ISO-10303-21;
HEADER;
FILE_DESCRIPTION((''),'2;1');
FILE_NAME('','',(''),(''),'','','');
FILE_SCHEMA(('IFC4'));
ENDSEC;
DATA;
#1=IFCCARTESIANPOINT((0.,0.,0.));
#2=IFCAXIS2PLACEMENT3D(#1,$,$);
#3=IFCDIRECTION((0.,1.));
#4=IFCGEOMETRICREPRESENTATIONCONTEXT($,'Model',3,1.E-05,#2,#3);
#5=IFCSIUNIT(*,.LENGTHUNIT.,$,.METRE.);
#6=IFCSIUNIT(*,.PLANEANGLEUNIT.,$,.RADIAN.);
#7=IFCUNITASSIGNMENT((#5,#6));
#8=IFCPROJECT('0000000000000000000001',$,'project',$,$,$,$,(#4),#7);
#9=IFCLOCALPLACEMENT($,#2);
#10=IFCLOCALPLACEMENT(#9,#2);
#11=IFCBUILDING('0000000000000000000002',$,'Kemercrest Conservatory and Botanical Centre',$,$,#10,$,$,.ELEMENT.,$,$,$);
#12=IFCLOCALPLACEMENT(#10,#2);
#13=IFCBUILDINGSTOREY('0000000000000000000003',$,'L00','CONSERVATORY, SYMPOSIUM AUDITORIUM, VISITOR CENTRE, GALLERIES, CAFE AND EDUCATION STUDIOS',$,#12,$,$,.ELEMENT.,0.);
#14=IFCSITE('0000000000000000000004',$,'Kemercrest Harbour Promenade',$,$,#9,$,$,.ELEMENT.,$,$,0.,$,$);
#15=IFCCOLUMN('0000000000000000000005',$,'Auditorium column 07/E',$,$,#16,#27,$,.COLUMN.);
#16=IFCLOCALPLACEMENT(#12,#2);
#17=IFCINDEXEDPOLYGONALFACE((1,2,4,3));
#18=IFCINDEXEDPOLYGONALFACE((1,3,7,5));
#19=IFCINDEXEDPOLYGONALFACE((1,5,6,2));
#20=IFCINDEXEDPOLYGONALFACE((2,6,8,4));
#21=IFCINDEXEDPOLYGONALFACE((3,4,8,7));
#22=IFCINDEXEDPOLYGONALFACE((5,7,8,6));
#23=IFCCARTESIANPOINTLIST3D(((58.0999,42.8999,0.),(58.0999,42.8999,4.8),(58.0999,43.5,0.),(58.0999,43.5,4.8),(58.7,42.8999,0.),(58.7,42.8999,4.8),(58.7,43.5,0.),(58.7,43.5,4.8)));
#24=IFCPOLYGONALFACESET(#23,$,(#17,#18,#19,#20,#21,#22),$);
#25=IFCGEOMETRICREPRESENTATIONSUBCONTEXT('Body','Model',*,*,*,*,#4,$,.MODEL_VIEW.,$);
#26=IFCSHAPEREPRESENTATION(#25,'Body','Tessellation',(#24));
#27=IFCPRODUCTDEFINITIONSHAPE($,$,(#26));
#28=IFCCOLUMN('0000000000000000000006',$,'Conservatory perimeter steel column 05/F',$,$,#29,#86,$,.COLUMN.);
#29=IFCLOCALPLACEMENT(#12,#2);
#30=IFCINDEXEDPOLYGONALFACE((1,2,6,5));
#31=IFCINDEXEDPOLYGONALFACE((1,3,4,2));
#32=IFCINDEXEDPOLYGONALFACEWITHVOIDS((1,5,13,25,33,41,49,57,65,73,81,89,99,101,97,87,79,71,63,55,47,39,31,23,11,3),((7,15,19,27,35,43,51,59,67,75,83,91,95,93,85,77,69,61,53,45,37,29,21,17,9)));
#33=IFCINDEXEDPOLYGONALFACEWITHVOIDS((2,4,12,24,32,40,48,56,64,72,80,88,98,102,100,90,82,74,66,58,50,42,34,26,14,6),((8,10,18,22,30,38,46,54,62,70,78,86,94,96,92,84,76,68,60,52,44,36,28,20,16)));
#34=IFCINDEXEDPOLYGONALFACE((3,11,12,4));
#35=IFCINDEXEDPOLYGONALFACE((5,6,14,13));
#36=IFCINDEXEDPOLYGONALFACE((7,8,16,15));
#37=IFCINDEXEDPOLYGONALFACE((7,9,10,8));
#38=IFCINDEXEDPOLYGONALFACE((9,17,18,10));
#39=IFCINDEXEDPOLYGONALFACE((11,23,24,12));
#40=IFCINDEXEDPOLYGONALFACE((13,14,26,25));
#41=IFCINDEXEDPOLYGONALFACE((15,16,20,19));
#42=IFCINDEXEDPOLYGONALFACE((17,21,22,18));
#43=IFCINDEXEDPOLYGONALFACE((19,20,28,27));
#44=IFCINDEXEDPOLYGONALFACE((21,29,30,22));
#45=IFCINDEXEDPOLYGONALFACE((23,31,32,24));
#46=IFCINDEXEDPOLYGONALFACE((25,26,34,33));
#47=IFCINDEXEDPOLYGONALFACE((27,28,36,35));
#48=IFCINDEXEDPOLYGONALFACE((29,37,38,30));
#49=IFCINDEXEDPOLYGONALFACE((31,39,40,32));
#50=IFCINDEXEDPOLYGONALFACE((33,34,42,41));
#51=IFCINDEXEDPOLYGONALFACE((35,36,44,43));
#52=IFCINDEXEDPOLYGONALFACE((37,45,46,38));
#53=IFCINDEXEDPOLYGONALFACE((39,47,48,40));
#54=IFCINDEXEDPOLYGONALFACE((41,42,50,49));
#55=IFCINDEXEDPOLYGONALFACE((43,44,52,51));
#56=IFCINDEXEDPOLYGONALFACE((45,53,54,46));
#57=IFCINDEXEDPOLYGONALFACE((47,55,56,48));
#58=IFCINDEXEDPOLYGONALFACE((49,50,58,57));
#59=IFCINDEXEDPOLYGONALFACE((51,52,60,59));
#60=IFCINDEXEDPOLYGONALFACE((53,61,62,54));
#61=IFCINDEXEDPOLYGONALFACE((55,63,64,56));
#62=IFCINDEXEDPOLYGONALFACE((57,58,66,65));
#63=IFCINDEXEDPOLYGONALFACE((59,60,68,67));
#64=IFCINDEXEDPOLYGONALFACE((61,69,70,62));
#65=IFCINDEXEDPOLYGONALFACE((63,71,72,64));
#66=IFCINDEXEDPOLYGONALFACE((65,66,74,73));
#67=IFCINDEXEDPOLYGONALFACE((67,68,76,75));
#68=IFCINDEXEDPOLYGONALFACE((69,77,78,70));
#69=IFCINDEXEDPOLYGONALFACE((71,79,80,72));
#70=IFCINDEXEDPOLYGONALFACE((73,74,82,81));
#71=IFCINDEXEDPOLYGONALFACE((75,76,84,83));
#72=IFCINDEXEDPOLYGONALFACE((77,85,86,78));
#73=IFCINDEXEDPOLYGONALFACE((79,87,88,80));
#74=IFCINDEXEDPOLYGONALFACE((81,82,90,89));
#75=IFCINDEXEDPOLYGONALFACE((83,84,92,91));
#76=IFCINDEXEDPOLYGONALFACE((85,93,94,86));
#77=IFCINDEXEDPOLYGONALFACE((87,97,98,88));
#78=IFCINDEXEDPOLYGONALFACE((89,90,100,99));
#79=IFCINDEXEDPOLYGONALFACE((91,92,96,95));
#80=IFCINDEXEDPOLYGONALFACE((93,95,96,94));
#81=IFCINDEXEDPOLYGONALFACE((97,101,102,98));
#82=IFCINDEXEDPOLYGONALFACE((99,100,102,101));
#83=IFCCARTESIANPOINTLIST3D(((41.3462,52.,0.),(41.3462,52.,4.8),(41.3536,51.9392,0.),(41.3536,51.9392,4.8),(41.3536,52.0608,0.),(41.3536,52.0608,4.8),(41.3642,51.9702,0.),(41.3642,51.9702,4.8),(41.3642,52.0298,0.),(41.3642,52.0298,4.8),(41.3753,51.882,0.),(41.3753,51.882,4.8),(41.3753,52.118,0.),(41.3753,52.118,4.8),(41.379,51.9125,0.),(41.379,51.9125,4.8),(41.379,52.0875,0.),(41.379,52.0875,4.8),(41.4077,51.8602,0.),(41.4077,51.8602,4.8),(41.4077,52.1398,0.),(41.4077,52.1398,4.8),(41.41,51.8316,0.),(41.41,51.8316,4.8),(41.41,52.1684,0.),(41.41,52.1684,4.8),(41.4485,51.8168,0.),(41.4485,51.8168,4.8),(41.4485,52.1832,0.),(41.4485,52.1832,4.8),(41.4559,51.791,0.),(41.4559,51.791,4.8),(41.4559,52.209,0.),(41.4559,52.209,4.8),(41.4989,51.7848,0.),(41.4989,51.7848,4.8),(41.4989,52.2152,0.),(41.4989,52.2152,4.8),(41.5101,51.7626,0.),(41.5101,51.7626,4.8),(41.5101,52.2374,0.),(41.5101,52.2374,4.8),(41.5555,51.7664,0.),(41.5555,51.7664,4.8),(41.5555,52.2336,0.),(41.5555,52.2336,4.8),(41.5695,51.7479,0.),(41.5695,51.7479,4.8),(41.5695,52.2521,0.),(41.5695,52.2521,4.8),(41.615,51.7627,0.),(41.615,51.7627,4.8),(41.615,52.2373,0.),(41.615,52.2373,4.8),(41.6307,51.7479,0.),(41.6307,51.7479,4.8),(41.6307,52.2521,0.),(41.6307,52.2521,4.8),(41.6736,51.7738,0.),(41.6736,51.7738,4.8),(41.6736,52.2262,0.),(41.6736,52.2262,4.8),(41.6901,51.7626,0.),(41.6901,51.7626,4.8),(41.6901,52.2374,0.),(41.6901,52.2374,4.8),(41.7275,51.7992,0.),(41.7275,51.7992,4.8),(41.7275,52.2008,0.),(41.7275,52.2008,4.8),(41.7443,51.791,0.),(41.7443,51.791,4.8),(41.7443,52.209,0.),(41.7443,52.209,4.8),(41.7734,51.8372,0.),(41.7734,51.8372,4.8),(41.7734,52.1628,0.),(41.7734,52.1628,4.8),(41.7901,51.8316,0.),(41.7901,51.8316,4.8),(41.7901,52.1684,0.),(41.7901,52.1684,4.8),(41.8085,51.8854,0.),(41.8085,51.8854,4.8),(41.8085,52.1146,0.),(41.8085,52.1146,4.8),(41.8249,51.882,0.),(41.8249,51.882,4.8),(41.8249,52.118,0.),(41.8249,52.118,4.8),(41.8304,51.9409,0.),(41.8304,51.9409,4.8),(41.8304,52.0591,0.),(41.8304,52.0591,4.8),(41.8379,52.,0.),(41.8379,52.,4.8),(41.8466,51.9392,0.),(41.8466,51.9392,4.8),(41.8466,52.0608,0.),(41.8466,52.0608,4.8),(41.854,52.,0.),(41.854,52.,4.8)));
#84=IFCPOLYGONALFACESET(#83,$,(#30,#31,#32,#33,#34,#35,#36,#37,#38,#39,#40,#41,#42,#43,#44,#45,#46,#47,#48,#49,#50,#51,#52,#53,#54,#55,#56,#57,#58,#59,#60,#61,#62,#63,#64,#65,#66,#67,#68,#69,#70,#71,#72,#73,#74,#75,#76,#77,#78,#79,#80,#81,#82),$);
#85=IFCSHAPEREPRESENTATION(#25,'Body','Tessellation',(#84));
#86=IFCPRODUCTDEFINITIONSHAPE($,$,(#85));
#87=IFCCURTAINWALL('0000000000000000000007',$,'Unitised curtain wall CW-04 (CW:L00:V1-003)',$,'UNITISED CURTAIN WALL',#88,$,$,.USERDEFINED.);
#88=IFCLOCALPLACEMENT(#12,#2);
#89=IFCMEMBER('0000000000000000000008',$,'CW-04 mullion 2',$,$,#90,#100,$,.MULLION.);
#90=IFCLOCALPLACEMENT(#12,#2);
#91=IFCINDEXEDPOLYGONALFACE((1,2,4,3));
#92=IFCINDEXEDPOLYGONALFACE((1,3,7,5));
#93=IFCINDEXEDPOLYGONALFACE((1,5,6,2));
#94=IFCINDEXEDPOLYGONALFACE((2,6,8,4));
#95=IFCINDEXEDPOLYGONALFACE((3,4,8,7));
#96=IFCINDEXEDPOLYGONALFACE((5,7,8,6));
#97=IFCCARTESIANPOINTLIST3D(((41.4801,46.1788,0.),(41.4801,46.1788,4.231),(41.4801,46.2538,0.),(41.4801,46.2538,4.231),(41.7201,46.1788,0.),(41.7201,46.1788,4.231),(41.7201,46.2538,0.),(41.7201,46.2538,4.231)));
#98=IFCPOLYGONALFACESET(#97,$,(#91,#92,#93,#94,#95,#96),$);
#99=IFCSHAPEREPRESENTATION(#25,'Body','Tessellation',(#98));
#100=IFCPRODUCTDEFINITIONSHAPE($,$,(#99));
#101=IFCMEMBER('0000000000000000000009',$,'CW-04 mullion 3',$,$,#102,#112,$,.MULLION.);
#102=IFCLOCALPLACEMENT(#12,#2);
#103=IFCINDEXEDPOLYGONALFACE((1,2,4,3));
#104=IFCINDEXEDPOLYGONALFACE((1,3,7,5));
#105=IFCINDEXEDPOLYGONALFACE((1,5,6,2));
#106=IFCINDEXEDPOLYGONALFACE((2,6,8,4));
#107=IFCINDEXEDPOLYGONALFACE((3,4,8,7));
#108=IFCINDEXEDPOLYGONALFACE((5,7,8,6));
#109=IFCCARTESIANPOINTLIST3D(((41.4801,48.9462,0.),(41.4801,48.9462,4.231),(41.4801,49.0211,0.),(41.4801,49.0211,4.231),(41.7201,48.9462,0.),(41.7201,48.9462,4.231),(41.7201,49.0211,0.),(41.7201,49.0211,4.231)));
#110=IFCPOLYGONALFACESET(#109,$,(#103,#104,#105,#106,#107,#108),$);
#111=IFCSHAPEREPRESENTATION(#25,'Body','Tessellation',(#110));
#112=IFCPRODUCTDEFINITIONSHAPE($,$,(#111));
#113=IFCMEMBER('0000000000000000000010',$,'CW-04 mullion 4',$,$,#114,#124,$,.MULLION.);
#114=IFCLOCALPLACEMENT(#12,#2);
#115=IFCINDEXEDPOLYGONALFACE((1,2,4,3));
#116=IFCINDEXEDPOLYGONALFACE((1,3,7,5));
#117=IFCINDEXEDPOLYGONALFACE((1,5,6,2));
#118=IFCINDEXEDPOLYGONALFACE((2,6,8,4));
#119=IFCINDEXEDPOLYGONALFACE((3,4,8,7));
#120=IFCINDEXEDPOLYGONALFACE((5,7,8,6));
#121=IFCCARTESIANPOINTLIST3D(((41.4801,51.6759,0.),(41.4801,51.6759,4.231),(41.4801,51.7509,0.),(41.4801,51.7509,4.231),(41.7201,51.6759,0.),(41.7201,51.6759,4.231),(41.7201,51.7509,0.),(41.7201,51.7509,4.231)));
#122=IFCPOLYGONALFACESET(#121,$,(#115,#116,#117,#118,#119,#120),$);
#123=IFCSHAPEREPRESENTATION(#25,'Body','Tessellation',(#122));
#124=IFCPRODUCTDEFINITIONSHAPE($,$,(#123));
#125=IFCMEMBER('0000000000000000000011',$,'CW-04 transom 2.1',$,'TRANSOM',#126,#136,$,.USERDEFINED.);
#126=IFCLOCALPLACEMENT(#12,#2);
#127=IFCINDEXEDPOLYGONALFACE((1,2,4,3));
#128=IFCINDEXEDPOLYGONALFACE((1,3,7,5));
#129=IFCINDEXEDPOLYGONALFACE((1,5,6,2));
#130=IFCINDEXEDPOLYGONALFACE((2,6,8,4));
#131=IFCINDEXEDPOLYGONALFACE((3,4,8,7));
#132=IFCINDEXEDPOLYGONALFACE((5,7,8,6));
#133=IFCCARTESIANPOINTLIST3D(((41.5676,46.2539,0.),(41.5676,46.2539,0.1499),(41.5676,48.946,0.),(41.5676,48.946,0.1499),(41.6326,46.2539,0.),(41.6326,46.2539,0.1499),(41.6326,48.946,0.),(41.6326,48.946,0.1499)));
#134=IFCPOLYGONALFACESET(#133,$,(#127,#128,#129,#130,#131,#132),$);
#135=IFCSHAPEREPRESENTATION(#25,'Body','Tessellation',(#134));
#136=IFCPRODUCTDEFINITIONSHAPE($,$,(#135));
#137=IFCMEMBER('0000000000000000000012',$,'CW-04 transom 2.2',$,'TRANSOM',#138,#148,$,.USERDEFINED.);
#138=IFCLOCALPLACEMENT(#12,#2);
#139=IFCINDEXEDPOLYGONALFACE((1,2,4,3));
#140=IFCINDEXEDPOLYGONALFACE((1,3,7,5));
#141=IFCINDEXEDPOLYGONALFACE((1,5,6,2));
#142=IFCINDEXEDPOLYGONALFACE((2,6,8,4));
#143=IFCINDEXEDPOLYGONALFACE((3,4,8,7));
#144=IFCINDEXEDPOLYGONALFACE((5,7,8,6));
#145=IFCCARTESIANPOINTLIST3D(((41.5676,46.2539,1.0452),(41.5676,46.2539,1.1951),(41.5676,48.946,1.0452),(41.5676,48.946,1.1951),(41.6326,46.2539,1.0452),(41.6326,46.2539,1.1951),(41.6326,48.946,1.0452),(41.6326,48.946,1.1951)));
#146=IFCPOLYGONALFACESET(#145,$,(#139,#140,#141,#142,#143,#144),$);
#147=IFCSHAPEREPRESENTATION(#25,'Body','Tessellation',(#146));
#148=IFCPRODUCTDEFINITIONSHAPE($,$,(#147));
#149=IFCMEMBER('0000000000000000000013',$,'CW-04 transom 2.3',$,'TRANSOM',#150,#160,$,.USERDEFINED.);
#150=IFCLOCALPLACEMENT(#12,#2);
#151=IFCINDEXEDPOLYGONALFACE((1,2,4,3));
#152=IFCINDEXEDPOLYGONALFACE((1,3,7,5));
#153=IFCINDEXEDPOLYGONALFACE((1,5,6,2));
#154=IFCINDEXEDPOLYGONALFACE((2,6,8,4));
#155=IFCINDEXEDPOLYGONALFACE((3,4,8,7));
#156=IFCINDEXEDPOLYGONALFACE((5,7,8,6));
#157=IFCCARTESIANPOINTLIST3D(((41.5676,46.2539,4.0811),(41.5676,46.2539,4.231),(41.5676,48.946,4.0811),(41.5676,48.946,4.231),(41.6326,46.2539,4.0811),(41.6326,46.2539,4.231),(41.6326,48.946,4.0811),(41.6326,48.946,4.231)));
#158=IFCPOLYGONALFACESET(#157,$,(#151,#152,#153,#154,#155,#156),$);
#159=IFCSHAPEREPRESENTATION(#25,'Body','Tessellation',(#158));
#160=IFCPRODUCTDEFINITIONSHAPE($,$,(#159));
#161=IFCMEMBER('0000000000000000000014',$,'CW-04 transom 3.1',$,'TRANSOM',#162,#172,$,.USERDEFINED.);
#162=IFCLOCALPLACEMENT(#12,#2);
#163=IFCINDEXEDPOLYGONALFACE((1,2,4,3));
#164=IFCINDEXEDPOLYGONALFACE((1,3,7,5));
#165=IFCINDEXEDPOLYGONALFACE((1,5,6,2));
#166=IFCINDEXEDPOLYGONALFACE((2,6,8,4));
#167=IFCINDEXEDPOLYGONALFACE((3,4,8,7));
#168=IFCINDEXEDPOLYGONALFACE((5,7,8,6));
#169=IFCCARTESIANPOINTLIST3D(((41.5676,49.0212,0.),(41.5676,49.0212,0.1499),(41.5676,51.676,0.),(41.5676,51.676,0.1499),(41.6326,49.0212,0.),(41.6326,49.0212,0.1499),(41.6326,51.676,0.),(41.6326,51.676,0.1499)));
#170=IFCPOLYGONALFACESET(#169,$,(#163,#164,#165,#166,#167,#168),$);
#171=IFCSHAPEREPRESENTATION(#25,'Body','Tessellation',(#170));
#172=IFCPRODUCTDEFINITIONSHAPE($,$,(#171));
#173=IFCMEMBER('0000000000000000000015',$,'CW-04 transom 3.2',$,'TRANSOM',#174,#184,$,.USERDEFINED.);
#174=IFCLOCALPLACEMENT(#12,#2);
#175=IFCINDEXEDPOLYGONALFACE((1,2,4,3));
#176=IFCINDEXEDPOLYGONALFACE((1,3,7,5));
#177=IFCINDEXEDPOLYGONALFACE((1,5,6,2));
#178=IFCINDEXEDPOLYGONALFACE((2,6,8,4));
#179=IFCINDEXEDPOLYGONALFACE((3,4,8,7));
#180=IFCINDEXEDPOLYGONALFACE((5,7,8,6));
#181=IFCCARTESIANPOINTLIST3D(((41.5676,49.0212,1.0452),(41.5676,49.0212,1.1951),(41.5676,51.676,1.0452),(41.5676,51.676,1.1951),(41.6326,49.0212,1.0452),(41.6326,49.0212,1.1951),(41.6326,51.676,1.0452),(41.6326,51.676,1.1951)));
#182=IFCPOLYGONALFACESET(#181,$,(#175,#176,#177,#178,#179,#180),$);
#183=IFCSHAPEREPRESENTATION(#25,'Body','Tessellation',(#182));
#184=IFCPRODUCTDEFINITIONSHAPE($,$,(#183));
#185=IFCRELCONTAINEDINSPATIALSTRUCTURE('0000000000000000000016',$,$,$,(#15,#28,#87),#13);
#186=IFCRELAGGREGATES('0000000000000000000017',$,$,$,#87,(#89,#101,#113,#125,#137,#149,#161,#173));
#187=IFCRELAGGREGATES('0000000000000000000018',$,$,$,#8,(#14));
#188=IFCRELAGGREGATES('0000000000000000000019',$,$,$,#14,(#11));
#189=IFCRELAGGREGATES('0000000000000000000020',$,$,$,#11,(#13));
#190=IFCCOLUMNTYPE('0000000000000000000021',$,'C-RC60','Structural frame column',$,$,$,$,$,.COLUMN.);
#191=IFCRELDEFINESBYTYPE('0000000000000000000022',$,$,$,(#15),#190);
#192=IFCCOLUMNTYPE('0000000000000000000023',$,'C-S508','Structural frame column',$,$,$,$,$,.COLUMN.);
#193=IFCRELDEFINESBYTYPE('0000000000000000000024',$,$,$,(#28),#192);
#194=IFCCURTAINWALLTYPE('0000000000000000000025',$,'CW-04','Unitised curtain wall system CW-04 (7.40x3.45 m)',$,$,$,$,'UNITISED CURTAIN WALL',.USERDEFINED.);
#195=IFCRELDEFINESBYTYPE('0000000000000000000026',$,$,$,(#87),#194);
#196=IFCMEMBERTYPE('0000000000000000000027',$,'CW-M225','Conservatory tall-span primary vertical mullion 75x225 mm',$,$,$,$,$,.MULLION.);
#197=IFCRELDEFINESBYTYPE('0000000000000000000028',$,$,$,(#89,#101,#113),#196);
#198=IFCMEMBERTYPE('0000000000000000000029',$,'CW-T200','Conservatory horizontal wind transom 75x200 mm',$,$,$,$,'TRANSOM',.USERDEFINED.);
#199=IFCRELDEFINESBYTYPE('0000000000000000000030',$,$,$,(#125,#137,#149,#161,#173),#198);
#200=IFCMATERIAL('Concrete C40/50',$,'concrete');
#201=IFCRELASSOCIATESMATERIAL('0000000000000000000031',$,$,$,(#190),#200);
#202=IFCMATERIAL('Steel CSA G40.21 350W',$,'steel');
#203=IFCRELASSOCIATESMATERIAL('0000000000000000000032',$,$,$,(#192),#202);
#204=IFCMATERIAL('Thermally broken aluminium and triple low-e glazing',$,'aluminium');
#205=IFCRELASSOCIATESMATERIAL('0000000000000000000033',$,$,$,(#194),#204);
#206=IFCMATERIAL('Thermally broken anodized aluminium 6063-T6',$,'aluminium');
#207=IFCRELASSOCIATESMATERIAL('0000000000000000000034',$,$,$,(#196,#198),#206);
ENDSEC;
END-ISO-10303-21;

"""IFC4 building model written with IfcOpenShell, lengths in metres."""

from ifc_helpers import new_model, si_unit, direction, frame, origin, origin_2d, place, context, subcontext, project, spatial, rectangle, hollow_circle, extrude, material, material_profile, profile_set, type_object, element, aggregate, save


model = new_model("IFC4")

# Units and contexts
model_context = context("Model", 3, precision=1e-05, world=origin(), true_north=direction((0.0, 1.0)))
body_context = subcontext(model_context, "Body", "Model", "MODEL_VIEW")
ifc_project = project(units=[si_unit("LENGTHUNIT", "METRE"), si_unit("PLANEANGLEUNIT", "RADIAN")], contexts=[model_context])

# Site, building, storey
site_placement = place(None, origin())
site = spatial("IfcSite", under=ifc_project, at=site_placement, Name="Kemercrest Harbour Promenade", CompositionType="ELEMENT", RefElevation=0.0)
building_placement = place(site_placement, origin())
building = spatial("IfcBuilding", under=site, at=building_placement, Name="Kemercrest Conservatory and Botanical Centre", CompositionType="ELEMENT")
storey_placement = place(building_placement, origin())
storey = spatial("IfcBuildingStorey", under=building, at=storey_placement, Name="L00", Description="CONSERVATORY, SYMPOSIUM AUDITORIUM, VISITOR CENTRE, GALLERIES, CAFE AND EDUCATION STUDIOS", CompositionType="ELEMENT", Elevation=0.0)

# Columns
ifc_material_1 = material(Name="Concrete C40/50", Category="concrete")
ifc_material_profile_1 = material_profile(ifc_material_1, rectangle(XDim=0.6001, YDim=0.6001, at=origin_2d()), Name="RC 600x600")
ifc_profile_set_1 = profile_set([ifc_material_profile_1], Name="Concrete C40/50")
column_type_1 = type_object("IfcColumnType", Name="C-RC60", Description="Structural frame column", PredefinedType="COLUMN", material=ifc_profile_set_1)
column_1_placement = place(storey_placement, frame((58.3999, 43.2, 0.0), z_axis=(0.0, 0.0, 1.0), x_axis=(1.0, 0.0, 0.0)))
element("IfcColumn", 1, at=column_1_placement, inside=storey, type_object=column_type_1, Name="Auditorium column 07/E", PredefinedType="COLUMN", context=body_context, shape_type="SweptSolid", body=[
    extrude(rectangle(XDim=0.6001, YDim=0.6001, at=origin_2d()), origin(), (0.0, 0.0, 1.0), 4.8),
])
ifc_material_2 = material(Name="Steel CSA G40.21 350W", Category="steel")
ifc_material_profile_2 = material_profile(ifc_material_2, hollow_circle(Radius=0.2539, WallThickness=0.0161, at=origin_2d()), Name="CHS 508.0x16.0")
ifc_profile_set_2 = profile_set([ifc_material_profile_2], Name="Steel CSA G40.21 350W")
column_type_2 = type_object("IfcColumnType", Name="C-S508", Description="Structural frame column", PredefinedType="COLUMN", material=ifc_profile_set_2)
column_2_placement = place(storey_placement, frame((41.6001, 52.0, 0.0), z_axis=(0.0, 0.0, 1.0), x_axis=(1.0, 0.0, 0.0)))
element("IfcColumn", 2, at=column_2_placement, inside=storey, type_object=column_type_2, Name="Conservatory perimeter steel column 05/F", PredefinedType="COLUMN", context=body_context, shape_type="SweptSolid", body=[
    extrude(hollow_circle(Radius=0.2539, WallThickness=0.0161, at=origin_2d()), origin(), (0.0, 0.0, 1.0), 4.8),
])

# Curtain wall, members
ifc_material_3 = material(Name="Thermally broken aluminium and triple low-e glazing", Category="aluminium")
curtain_wall_type = type_object("IfcCurtainWallType", Name="CW-04", Description="Unitised curtain wall system CW-04 (7.40x3.45 m)", ElementType="UNITISED CURTAIN WALL", PredefinedType="USERDEFINED", material=ifc_material_3)
curtain_wall_placement = place(storey_placement, origin())
curtain_wall = element("IfcCurtainWall", 3, at=curtain_wall_placement, inside=storey, type_object=curtain_wall_type, Name="Unitised curtain wall CW-04 (CW:L00:V1-003)", ObjectType="UNITISED CURTAIN WALL", PredefinedType="USERDEFINED")
ifc_material_4 = material(Name="Thermally broken anodized aluminium 6063-T6", Category="aluminium")
ifc_material_profile_3 = material_profile(ifc_material_4, rectangle(XDim=0.24, YDim=0.075, at=origin_2d()), Name="AL MULLION 75x240")
ifc_profile_set_3 = profile_set([ifc_material_profile_3], Name="Thermally broken anodized aluminium 6063-T6")
member_type_1 = type_object("IfcMemberType", Name="CW-M225", Description="Conservatory tall-span primary vertical mullion 75x225 mm", PredefinedType="MULLION", material=ifc_profile_set_3)
member_1_placement = place(storey_placement, frame((41.6001, 46.2163, 0.0), z_axis=(0.0, 0.0, 1.0), x_axis=(-1.0, 0.0, 0.0)))
member_1 = element("IfcMember", 4, at=member_1_placement, type_object=member_type_1, Name="CW-04 mullion 2", PredefinedType="MULLION", context=body_context, shape_type="SweptSolid", body=[
    extrude(rectangle(XDim=0.24, YDim=0.075, at=origin_2d()), origin(), (0.0, 0.0, 1.0), 4.231),
])
member_2_placement = place(storey_placement, frame((41.6001, 48.9836, 0.0), z_axis=(0.0, 0.0, 1.0), x_axis=(-1.0, 0.0, 0.0)))
member_2 = element("IfcMember", 5, at=member_2_placement, type_object=member_type_1, Name="CW-04 mullion 3", PredefinedType="MULLION", context=body_context, shape_type="SweptSolid", body=[
    extrude(rectangle(XDim=0.24, YDim=0.075, at=origin_2d()), origin(), (0.0, 0.0, 1.0), 4.231),
])
member_3_placement = place(storey_placement, frame((41.6001, 51.7134, 0.0), z_axis=(0.0, 0.0, 1.0), x_axis=(-1.0, 0.0, 0.0)))
member_3 = element("IfcMember", 6, at=member_3_placement, type_object=member_type_1, Name="CW-04 mullion 4", PredefinedType="MULLION", context=body_context, shape_type="SweptSolid", body=[
    extrude(rectangle(XDim=0.24, YDim=0.075, at=origin_2d()), origin(), (0.0, 0.0, 1.0), 4.231),
])
ifc_material_profile_4 = material_profile(ifc_material_4, rectangle(XDim=0.0649, YDim=0.1499, at=origin_2d()), Name="AL TRANSOM 65x150")
ifc_profile_set_4 = profile_set([ifc_material_profile_4], Name="Thermally broken anodized aluminium 6063-T6")
member_type_2 = type_object("IfcMemberType", Name="CW-T200", Description="Conservatory horizontal wind transom 75x200 mm", ElementType="TRANSOM", PredefinedType="USERDEFINED", material=ifc_profile_set_4)
member_4_placement = place(storey_placement, frame((41.6001, 46.2539, 0.075), z_axis=(0.0, 1.0, 0.0), x_axis=(-1.0, 0.0, 0.0)))
member_4 = element("IfcMember", 7, at=member_4_placement, type_object=member_type_2, Name="CW-04 transom 2.1", ObjectType="TRANSOM", PredefinedType="USERDEFINED", context=body_context, shape_type="SweptSolid", body=[
    extrude(rectangle(XDim=0.0649, YDim=0.1499, at=origin_2d()), origin(), (0.0, 0.0, 1.0), 2.6921),
])
member_5_placement = place(storey_placement, frame((41.6001, 46.2539, 1.1201), z_axis=(0.0, 1.0, 0.0), x_axis=(-1.0, 0.0, 0.0)))
member_5 = element("IfcMember", 8, at=member_5_placement, type_object=member_type_2, Name="CW-04 transom 2.2", ObjectType="TRANSOM", PredefinedType="USERDEFINED", context=body_context, shape_type="SweptSolid", body=[
    extrude(rectangle(XDim=0.0649, YDim=0.1499, at=origin_2d()), origin(), (0.0, 0.0, 1.0), 2.6921),
])
member_6_placement = place(storey_placement, frame((41.6001, 46.2539, 4.156), z_axis=(0.0, 1.0, 0.0), x_axis=(-1.0, 0.0, 0.0)))
member_6 = element("IfcMember", 9, at=member_6_placement, type_object=member_type_2, Name="CW-04 transom 2.3", ObjectType="TRANSOM", PredefinedType="USERDEFINED", context=body_context, shape_type="SweptSolid", body=[
    extrude(rectangle(XDim=0.0649, YDim=0.1499, at=origin_2d()), origin(), (0.0, 0.0, 1.0), 2.6921),
])
member_7_placement = place(storey_placement, frame((41.6001, 49.0212, 0.075), z_axis=(0.0, 1.0, 0.0), x_axis=(-1.0, 0.0, 0.0)))
member_7 = element("IfcMember", 10, at=member_7_placement, type_object=member_type_2, Name="CW-04 transom 3.1", ObjectType="TRANSOM", PredefinedType="USERDEFINED", context=body_context, shape_type="SweptSolid", body=[
    extrude(rectangle(XDim=0.0649, YDim=0.1499, at=origin_2d()), origin(), (0.0, 0.0, 1.0), 2.6548),
])
member_8_placement = place(storey_placement, frame((41.6001, 49.0212, 1.1201), z_axis=(0.0, 1.0, 0.0), x_axis=(-1.0, 0.0, 0.0)))
member_8 = element("IfcMember", 11, at=member_8_placement, type_object=member_type_2, Name="CW-04 transom 3.2", ObjectType="TRANSOM", PredefinedType="USERDEFINED", context=body_context, shape_type="SweptSolid", body=[
    extrude(rectangle(XDim=0.0649, YDim=0.1499, at=origin_2d()), origin(), (0.0, 0.0, 1.0), 2.6548),
])

aggregate(curtain_wall, [member_1, member_2, member_3, member_4, member_5, member_6, member_7, member_8])

save(model, "model.ifc")
